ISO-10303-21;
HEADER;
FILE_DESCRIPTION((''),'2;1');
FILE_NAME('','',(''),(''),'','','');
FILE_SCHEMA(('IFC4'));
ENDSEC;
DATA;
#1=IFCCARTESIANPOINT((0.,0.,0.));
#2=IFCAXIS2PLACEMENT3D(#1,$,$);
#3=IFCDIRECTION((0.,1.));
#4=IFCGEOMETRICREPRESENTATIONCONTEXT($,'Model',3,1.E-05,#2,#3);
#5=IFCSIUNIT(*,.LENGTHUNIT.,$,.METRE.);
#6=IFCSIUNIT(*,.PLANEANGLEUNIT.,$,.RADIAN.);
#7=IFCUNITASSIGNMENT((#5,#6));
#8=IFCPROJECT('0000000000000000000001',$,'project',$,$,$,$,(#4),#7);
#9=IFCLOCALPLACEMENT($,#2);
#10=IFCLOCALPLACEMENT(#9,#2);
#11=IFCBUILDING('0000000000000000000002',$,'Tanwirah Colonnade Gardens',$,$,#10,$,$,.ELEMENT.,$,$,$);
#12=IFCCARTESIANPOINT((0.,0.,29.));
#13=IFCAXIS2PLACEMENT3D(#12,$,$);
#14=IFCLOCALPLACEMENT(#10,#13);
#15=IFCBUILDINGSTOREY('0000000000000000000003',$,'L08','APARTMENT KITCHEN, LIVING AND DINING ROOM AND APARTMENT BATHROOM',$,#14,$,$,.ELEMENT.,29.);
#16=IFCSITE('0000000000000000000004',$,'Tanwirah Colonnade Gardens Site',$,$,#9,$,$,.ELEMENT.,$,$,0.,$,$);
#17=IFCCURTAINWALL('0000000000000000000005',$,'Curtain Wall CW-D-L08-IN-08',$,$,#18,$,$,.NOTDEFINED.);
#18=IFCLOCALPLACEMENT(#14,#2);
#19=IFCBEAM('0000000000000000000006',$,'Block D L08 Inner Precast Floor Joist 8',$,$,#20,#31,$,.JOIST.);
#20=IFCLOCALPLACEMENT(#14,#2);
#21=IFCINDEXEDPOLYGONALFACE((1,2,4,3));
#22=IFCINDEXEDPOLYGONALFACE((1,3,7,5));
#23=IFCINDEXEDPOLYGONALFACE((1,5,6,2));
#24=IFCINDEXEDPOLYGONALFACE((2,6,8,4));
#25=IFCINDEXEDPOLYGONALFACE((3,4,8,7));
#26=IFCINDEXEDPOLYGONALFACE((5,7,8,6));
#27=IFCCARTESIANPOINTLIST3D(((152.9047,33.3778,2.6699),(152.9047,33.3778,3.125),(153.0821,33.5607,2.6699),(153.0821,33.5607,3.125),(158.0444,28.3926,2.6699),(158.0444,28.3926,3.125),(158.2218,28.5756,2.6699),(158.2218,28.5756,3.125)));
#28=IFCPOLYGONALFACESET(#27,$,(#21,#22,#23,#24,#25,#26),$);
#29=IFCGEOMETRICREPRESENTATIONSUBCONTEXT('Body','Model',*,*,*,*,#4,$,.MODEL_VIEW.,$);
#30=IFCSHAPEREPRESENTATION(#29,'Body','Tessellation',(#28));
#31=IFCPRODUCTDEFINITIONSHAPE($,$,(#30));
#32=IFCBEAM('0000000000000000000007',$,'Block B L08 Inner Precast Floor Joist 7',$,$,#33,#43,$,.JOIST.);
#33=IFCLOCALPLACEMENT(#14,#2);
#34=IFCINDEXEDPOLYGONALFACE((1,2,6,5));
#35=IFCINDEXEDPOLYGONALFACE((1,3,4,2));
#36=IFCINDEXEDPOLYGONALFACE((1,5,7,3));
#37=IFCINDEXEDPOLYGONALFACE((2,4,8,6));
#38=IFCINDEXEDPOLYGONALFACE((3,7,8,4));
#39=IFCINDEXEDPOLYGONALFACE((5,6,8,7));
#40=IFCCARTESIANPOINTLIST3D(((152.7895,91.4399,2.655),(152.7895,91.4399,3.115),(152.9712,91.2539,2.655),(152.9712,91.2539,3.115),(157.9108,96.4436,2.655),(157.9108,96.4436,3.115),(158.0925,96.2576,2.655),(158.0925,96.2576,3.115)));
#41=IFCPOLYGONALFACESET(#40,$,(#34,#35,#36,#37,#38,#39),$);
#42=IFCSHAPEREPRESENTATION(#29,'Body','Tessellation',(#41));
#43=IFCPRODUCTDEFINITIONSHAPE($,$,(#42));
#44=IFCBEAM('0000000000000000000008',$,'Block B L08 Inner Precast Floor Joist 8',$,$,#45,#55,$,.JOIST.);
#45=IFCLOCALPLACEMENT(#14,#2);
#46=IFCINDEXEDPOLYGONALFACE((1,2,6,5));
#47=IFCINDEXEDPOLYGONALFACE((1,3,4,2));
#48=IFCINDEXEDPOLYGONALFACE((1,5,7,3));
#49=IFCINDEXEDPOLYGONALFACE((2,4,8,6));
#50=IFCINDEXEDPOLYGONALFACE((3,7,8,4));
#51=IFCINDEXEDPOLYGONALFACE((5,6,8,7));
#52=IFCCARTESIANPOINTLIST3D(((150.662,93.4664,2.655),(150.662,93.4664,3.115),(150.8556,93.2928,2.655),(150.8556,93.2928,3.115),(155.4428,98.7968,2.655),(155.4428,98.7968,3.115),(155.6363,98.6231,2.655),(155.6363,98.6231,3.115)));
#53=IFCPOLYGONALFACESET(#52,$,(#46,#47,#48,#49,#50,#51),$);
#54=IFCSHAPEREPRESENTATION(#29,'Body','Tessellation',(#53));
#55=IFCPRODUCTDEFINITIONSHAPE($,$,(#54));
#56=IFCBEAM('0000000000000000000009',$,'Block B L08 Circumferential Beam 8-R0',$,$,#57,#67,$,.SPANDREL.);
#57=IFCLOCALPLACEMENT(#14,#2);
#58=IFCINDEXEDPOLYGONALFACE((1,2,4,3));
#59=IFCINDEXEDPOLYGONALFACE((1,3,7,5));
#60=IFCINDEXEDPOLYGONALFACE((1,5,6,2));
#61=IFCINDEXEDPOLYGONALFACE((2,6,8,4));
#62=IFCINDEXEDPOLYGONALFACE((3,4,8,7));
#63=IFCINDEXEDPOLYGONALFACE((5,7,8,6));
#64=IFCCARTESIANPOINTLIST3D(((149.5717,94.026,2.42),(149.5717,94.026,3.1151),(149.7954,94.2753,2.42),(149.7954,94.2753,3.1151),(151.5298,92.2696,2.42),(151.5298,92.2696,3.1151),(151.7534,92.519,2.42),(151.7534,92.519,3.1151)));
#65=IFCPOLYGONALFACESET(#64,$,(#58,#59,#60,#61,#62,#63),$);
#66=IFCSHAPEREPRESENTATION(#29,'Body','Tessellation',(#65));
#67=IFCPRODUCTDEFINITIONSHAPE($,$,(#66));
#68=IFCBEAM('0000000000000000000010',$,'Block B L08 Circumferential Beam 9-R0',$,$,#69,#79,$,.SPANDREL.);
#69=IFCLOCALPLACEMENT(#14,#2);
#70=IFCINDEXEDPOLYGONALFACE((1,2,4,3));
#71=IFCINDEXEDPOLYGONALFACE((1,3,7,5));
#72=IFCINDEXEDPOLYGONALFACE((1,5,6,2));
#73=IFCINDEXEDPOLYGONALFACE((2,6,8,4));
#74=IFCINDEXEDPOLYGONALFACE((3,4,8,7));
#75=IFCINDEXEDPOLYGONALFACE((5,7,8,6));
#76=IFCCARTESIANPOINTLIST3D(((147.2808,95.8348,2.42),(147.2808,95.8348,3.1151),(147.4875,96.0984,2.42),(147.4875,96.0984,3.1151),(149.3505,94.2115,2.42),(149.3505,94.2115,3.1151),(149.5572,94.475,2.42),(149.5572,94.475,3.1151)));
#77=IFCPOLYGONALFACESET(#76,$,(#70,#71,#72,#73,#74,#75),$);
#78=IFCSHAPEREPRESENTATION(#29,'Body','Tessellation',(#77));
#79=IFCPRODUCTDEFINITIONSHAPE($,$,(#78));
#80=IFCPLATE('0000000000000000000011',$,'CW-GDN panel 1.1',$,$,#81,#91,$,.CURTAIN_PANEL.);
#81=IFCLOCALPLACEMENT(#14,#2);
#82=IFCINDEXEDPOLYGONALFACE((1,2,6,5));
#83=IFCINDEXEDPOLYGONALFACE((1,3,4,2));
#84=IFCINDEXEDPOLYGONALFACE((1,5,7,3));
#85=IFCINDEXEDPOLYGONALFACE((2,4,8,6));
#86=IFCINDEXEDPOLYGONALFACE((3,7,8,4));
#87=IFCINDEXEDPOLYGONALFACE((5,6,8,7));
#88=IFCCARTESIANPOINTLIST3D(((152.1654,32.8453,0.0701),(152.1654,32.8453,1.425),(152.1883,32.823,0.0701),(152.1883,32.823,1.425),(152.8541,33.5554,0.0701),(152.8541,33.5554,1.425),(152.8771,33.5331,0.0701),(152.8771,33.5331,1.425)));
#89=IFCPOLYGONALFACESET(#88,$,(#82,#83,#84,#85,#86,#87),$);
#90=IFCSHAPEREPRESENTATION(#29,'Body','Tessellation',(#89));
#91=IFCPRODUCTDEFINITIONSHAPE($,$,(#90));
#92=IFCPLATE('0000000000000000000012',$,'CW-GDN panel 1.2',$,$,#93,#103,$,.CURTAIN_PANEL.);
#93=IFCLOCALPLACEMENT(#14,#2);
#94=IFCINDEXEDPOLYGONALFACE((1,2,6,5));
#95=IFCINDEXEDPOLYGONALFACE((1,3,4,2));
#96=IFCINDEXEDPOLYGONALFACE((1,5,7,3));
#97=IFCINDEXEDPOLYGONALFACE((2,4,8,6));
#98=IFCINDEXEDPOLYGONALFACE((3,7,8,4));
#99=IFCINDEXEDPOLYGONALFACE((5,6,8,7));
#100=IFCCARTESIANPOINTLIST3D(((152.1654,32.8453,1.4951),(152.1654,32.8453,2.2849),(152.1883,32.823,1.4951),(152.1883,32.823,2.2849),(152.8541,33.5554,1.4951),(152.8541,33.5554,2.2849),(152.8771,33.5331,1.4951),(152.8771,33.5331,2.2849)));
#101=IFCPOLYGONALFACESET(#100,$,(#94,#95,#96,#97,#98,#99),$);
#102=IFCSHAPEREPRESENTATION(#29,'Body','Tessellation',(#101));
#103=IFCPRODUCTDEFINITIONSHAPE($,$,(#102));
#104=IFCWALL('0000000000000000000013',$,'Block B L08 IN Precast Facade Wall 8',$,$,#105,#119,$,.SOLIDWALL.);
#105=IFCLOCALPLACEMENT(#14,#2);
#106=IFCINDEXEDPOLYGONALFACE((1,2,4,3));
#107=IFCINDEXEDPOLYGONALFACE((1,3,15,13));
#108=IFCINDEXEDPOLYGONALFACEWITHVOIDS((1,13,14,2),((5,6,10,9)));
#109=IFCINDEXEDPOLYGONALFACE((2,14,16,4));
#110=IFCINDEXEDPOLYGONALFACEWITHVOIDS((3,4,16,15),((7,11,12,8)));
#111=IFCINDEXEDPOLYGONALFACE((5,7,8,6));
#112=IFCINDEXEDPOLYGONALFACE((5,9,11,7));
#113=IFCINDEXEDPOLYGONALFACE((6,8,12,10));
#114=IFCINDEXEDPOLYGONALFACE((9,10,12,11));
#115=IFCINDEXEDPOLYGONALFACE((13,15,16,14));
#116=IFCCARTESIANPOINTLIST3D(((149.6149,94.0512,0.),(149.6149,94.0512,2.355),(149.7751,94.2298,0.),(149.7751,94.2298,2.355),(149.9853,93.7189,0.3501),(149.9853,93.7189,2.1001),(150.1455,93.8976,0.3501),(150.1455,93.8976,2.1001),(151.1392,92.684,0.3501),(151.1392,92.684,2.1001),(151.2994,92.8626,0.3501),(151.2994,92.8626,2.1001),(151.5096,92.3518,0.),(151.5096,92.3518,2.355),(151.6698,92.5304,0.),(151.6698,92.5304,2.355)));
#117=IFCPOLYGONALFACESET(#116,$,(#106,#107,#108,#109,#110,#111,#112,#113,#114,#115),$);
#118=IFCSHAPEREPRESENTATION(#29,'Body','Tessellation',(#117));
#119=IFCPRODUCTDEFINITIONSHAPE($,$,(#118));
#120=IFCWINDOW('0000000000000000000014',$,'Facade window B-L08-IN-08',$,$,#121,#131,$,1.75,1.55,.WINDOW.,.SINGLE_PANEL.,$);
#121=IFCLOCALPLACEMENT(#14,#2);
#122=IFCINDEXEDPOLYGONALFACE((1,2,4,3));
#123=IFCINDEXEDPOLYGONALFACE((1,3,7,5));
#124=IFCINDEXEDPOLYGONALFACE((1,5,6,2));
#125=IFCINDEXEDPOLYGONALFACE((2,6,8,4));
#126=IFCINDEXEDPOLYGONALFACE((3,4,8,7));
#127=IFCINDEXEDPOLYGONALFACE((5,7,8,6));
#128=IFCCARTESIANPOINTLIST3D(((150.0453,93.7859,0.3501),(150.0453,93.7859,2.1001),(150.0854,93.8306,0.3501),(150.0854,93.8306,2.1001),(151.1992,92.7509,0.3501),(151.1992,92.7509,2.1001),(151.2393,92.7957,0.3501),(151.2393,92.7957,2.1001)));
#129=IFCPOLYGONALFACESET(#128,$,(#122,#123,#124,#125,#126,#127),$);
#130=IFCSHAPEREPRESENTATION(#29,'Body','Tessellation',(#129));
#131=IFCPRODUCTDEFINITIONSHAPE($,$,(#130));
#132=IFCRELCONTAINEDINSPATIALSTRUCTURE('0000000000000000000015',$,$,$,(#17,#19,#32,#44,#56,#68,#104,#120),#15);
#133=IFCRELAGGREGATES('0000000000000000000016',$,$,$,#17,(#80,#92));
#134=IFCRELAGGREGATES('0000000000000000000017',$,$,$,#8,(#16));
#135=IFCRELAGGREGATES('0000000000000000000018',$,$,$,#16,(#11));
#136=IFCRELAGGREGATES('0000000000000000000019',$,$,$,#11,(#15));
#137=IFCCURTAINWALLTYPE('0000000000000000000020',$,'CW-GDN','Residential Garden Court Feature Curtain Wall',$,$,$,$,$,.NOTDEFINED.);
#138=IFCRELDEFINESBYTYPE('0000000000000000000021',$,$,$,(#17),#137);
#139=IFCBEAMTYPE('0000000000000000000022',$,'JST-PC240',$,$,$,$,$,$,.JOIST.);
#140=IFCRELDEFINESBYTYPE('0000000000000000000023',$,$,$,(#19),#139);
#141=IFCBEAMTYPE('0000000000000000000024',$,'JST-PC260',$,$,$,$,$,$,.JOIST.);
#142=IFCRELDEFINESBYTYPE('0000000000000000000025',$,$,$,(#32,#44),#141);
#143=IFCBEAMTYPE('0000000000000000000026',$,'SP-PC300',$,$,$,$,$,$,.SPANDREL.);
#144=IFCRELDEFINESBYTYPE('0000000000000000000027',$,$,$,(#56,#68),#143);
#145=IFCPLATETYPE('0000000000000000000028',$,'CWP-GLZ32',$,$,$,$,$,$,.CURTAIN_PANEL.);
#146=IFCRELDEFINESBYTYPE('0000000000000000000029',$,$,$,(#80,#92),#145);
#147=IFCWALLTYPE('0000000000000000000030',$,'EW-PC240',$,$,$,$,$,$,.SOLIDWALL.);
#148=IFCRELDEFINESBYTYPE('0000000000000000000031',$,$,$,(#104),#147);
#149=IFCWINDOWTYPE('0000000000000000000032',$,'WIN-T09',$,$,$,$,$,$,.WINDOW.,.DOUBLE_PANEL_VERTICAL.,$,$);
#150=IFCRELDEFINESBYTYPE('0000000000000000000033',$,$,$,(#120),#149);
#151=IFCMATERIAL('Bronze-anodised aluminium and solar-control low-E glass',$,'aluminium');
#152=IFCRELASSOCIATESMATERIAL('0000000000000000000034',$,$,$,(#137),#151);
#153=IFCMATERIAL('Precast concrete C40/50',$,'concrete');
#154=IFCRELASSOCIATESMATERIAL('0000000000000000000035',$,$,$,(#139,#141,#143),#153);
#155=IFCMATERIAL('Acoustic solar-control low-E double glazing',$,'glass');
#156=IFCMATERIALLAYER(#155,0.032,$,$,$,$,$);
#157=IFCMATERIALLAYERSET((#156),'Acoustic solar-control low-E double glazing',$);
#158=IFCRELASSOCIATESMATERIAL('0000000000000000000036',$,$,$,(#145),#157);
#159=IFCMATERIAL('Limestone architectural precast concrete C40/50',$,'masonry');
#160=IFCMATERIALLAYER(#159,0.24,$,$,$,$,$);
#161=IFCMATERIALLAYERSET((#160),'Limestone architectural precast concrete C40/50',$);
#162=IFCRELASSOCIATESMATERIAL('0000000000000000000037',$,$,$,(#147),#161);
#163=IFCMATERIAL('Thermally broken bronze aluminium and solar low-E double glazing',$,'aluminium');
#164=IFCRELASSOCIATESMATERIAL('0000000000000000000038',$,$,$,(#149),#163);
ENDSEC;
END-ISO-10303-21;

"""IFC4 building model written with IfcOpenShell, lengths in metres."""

from ifc_helpers import new_model, si_unit, direction, frame, frame_2d, origin, origin_2d, place, context, subcontext, project, spatial, rectangle, extrude, material, layer, layer_set, material_profile, profile_set, type_object, element, fill, aggregate, save


model = new_model("IFC4")

# Units and contexts
model_context = context("Model", 3, precision=1e-05, world=origin(), true_north=direction((0.0, 1.0)))
body_context = subcontext(model_context, "Body", "Model", "MODEL_VIEW")
ifc_project = project(units=[si_unit("LENGTHUNIT", "METRE"), si_unit("PLANEANGLEUNIT", "RADIAN")], contexts=[model_context])

# Site, building, storey
site_placement = place(None, origin())
site = spatial("IfcSite", under=ifc_project, at=site_placement, Name="Tanwirah Colonnade Gardens Site", CompositionType="ELEMENT", RefElevation=0.0)
building_placement = place(site_placement, origin())
building = spatial("IfcBuilding", under=site, at=building_placement, Name="Tanwirah Colonnade Gardens", CompositionType="ELEMENT")
storey_placement = place(building_placement, frame((0.0, 0.0, 29.0)))
storey = spatial("IfcBuildingStorey", under=building, at=storey_placement, Name="L08", Description="APARTMENT KITCHEN, LIVING AND DINING ROOM AND APARTMENT BATHROOM", CompositionType="ELEMENT", Elevation=29.0)

# Shared definitions
ifc_material_1 = material(Name="Precast concrete C40/50", Category="concrete")

# Curtain wall
ifc_material_2 = material(Name="Bronze-anodised aluminium and solar-control low-E glass", Category="aluminium")
curtain_wall_type = type_object("IfcCurtainWallType", Name="CW-GDN", Description="Residential Garden Court Feature Curtain Wall", PredefinedType="NOTDEFINED", material=ifc_material_2)
curtain_wall_1_placement = place(storey_placement, origin())
curtain_wall_1 = element("IfcCurtainWall", 1, at=curtain_wall_1_placement, inside=storey, type_object=curtain_wall_type, Name="Curtain Wall CW-D-L08-IN-08", PredefinedType="NOTDEFINED")

# Beams
ifc_material_profile_1 = material_profile(ifc_material_1, rectangle(XDim=0.2549, YDim=0.4551, at=origin_2d()), Name="PC-JST 255x455")
ifc_profile_set_1 = profile_set([ifc_material_profile_1], Name="Precast concrete C40/50")
beam_type_1 = type_object("IfcBeamType", Name="JST-PC240", PredefinedType="JOIST", material=ifc_profile_set_1)
beam_1_placement = place(storey_placement, frame((152.9934, 33.4692, 2.8975), z_axis=(0.717816, -0.696233, 0.0), x_axis=(0.696233, 0.717816, 0.0)))
element("IfcBeam", 2, at=beam_1_placement, inside=storey, type_object=beam_type_1, Name="Block D L08 Inner Precast Floor Joist 8", PredefinedType="JOIST", context=body_context, shape_type="SweptSolid", body=[
    extrude(rectangle(XDim=0.2549, YDim=0.4551, at=origin_2d()), origin(), (0.0, 0.0, 1.0), 7.1602),
])
ifc_material_profile_2 = material_profile(ifc_material_1, rectangle(XDim=0.26, YDim=0.46, at=origin_2d()), Name="PC-JST 260x460")
ifc_profile_set_2 = profile_set([ifc_material_profile_2], Name="Precast concrete C40/50")
beam_type_2 = type_object("IfcBeamType", Name="JST-PC260", PredefinedType="JOIST", material=ifc_profile_set_2)
beam_2_placement = place(storey_placement, frame((152.8804, 91.3469, 2.885), z_axis=(0.715277, 0.698841, 0.0), x_axis=(-0.698841, 0.715277, 0.0)))
element("IfcBeam", 3, at=beam_2_placement, inside=storey, type_object=beam_type_2, Name="Block B L08 Inner Precast Floor Joist 7", PredefinedType="JOIST", context=body_context, shape_type="SweptSolid", body=[
    extrude(rectangle(XDim=0.26, YDim=0.46, at=origin_2d()), origin(), (0.0, 0.0, 1.0), 7.1599),
])
beam_3_placement = place(storey_placement, frame((150.7588, 93.3796, 2.885), z_axis=(0.667688, 0.744441, 0.0), x_axis=(-0.744441, 0.667688, 0.0)))
element("IfcBeam", 4, at=beam_3_placement, inside=storey, type_object=beam_type_2, Name="Block B L08 Inner Precast Floor Joist 8", PredefinedType="JOIST", context=body_context, shape_type="SweptSolid", body=[
    extrude(rectangle(XDim=0.26, YDim=0.46, at=origin_2d()), origin(), (0.0, 0.0, 1.0), 7.1602),
])
ifc_material_profile_3 = material_profile(ifc_material_1, rectangle(XDim=0.335, YDim=0.6951, at=origin_2d()), Name="PC-SP 335x695")
ifc_profile_set_3 = profile_set([ifc_material_profile_3], Name="Precast concrete C40/50")
beam_type_3 = type_object("IfcBeamType", Name="SP-PC300", PredefinedType="SPANDREL", material=ifc_profile_set_3)
for number, where, z_axis, x_axis, name in (
    (5, (151.6416, 92.3943, 2.7676), (-0.744401, 0.667733, 0.0), (-0.667733, -0.744401, 0.0), "Block B L08 Circumferential Beam 8-R0"),
    (6, (149.4539, 94.3433, 2.7676), (-0.786837, 0.617161, 0.0), (-0.617161, -0.786837, 0.0), "Block B L08 Circumferential Beam 9-R0"),
):
    element("IfcBeam", number, at=place(storey_placement, frame(where, z_axis=z_axis, x_axis=x_axis)), inside=storey, type_object=beam_type_3, Name=name, PredefinedType="SPANDREL", context=body_context, shape_type="SweptSolid", body=[
        extrude(rectangle(XDim=0.335, YDim=0.6951, at=origin_2d()), origin(), (0.0, 0.0, 1.0), 2.6304),
    ])

# Plates
ifc_material_3 = material(Name="Acoustic solar-control low-E double glazing", Category="glass")
ifc_layer_1 = layer(ifc_material_3, 0.032)
ifc_layer_set_1 = layer_set([ifc_layer_1], Name="Acoustic solar-control low-E double glazing")
plate_type = type_object("IfcPlateType", Name="CWP-GLZ32", PredefinedType="CURTAIN_PANEL", material=ifc_layer_set_1)
plate_1_placement = place(storey_placement, frame((152.5212, 33.1892, 0.0701), z_axis=(0.0, 0.0, 1.0), x_axis=(0.696223, 0.717825, 0.0)))
plate_1 = element("IfcPlate", 7, at=plate_1_placement, type_object=plate_type, Name="CW-GDN panel 1.1", PredefinedType="CURTAIN_PANEL", context=body_context, shape_type="SweptSolid", body=[
    extrude(rectangle(XDim=0.9893, YDim=0.032, at=origin_2d()), origin(), (0.0, 0.0, 1.0), 1.355),
])
plate_2_placement = place(storey_placement, frame((152.5212, 33.1892, 1.4951), z_axis=(0.0, 0.0, 1.0), x_axis=(0.696223, 0.717825, 0.0)))
plate_2 = element("IfcPlate", 8, at=plate_2_placement, type_object=plate_type, Name="CW-GDN panel 1.2", PredefinedType="CURTAIN_PANEL", context=body_context, shape_type="SweptSolid", body=[
    extrude(rectangle(XDim=0.9893, YDim=0.032, at=origin_2d()), origin(), (0.0, 0.0, 1.0), 0.7898),
])
aggregate(curtain_wall_1, [plate_1, plate_2])

# Wall, opening, window
ifc_material_4 = material(Name="Limestone architectural precast concrete C40/50", Category="masonry")
ifc_layer_2 = layer(ifc_material_4, 0.24)
ifc_layer_set_2 = layer_set([ifc_layer_2], Name="Limestone architectural precast concrete C40/50")
wall_type = type_object("IfcWallType", Name="EW-PC240", PredefinedType="SOLIDWALL", material=ifc_layer_set_2)
wall_placement = place(storey_placement, frame((151.5896, 92.4412, 0.0), z_axis=(0.0, 0.0, 1.0), x_axis=(-0.744433, 0.667697, 0.0)))
wall = element("IfcWall", 9, at=wall_placement, inside=storey, type_object=wall_type, Name="Block B L08 IN Precast Facade Wall 8", PredefinedType="SOLIDWALL", context=body_context, shape_type="SweptSolid", body=[
    extrude(rectangle(XDim=2.5452, YDim=0.24, at=frame_2d((1.2725, 0.0))), origin(), (0.0, 0.0, 1.0), 2.355),
])
opening_placement = place(wall_placement, frame((0.4976, 0.0, 0.3501)))
opening = element("IfcOpeningElement", 10, at=opening_placement, cuts=wall, PredefinedType="OPENING", context=body_context, shape_type="SweptSolid", body=[
    extrude(rectangle(XDim=1.55, YDim=1.75, at=frame_2d((0.7749, 0.875))), frame((0.0, 0.1299, 0.0), z_axis=(0.0, -1.0, 0.0), x_axis=(1.0, 0.0, 0.0)), (0.0, 0.0, 1.0), 0.26),
])
ifc_material_5 = material(Name="Thermally broken bronze aluminium and solar low-E double glazing", Category="aluminium")
window_type = type_object("IfcWindowType", Name="WIN-T09", PartitioningType="DOUBLE_PANEL_VERTICAL", PredefinedType="WINDOW", material=ifc_material_5)
window_placement = place(opening_placement, origin())
window = element("IfcWindow", 11, at=window_placement, inside=storey, type_object=window_type, Name="Facade window B-L08-IN-08", OverallHeight=1.75, OverallWidth=1.55, PartitioningType="SINGLE_PANEL", PredefinedType="WINDOW", context=body_context, shape_type="SweptSolid", body=[
    extrude(rectangle(XDim=1.55, YDim=1.75, at=frame_2d((0.7749, 0.875))), frame((0.0, 0.03, 0.0), z_axis=(0.0, -1.0, 0.0), x_axis=(1.0, 0.0, 0.0)), (0.0, 0.0, 1.0), 0.0601),
])
fill(opening, window)

save(model, "model.ifc")
